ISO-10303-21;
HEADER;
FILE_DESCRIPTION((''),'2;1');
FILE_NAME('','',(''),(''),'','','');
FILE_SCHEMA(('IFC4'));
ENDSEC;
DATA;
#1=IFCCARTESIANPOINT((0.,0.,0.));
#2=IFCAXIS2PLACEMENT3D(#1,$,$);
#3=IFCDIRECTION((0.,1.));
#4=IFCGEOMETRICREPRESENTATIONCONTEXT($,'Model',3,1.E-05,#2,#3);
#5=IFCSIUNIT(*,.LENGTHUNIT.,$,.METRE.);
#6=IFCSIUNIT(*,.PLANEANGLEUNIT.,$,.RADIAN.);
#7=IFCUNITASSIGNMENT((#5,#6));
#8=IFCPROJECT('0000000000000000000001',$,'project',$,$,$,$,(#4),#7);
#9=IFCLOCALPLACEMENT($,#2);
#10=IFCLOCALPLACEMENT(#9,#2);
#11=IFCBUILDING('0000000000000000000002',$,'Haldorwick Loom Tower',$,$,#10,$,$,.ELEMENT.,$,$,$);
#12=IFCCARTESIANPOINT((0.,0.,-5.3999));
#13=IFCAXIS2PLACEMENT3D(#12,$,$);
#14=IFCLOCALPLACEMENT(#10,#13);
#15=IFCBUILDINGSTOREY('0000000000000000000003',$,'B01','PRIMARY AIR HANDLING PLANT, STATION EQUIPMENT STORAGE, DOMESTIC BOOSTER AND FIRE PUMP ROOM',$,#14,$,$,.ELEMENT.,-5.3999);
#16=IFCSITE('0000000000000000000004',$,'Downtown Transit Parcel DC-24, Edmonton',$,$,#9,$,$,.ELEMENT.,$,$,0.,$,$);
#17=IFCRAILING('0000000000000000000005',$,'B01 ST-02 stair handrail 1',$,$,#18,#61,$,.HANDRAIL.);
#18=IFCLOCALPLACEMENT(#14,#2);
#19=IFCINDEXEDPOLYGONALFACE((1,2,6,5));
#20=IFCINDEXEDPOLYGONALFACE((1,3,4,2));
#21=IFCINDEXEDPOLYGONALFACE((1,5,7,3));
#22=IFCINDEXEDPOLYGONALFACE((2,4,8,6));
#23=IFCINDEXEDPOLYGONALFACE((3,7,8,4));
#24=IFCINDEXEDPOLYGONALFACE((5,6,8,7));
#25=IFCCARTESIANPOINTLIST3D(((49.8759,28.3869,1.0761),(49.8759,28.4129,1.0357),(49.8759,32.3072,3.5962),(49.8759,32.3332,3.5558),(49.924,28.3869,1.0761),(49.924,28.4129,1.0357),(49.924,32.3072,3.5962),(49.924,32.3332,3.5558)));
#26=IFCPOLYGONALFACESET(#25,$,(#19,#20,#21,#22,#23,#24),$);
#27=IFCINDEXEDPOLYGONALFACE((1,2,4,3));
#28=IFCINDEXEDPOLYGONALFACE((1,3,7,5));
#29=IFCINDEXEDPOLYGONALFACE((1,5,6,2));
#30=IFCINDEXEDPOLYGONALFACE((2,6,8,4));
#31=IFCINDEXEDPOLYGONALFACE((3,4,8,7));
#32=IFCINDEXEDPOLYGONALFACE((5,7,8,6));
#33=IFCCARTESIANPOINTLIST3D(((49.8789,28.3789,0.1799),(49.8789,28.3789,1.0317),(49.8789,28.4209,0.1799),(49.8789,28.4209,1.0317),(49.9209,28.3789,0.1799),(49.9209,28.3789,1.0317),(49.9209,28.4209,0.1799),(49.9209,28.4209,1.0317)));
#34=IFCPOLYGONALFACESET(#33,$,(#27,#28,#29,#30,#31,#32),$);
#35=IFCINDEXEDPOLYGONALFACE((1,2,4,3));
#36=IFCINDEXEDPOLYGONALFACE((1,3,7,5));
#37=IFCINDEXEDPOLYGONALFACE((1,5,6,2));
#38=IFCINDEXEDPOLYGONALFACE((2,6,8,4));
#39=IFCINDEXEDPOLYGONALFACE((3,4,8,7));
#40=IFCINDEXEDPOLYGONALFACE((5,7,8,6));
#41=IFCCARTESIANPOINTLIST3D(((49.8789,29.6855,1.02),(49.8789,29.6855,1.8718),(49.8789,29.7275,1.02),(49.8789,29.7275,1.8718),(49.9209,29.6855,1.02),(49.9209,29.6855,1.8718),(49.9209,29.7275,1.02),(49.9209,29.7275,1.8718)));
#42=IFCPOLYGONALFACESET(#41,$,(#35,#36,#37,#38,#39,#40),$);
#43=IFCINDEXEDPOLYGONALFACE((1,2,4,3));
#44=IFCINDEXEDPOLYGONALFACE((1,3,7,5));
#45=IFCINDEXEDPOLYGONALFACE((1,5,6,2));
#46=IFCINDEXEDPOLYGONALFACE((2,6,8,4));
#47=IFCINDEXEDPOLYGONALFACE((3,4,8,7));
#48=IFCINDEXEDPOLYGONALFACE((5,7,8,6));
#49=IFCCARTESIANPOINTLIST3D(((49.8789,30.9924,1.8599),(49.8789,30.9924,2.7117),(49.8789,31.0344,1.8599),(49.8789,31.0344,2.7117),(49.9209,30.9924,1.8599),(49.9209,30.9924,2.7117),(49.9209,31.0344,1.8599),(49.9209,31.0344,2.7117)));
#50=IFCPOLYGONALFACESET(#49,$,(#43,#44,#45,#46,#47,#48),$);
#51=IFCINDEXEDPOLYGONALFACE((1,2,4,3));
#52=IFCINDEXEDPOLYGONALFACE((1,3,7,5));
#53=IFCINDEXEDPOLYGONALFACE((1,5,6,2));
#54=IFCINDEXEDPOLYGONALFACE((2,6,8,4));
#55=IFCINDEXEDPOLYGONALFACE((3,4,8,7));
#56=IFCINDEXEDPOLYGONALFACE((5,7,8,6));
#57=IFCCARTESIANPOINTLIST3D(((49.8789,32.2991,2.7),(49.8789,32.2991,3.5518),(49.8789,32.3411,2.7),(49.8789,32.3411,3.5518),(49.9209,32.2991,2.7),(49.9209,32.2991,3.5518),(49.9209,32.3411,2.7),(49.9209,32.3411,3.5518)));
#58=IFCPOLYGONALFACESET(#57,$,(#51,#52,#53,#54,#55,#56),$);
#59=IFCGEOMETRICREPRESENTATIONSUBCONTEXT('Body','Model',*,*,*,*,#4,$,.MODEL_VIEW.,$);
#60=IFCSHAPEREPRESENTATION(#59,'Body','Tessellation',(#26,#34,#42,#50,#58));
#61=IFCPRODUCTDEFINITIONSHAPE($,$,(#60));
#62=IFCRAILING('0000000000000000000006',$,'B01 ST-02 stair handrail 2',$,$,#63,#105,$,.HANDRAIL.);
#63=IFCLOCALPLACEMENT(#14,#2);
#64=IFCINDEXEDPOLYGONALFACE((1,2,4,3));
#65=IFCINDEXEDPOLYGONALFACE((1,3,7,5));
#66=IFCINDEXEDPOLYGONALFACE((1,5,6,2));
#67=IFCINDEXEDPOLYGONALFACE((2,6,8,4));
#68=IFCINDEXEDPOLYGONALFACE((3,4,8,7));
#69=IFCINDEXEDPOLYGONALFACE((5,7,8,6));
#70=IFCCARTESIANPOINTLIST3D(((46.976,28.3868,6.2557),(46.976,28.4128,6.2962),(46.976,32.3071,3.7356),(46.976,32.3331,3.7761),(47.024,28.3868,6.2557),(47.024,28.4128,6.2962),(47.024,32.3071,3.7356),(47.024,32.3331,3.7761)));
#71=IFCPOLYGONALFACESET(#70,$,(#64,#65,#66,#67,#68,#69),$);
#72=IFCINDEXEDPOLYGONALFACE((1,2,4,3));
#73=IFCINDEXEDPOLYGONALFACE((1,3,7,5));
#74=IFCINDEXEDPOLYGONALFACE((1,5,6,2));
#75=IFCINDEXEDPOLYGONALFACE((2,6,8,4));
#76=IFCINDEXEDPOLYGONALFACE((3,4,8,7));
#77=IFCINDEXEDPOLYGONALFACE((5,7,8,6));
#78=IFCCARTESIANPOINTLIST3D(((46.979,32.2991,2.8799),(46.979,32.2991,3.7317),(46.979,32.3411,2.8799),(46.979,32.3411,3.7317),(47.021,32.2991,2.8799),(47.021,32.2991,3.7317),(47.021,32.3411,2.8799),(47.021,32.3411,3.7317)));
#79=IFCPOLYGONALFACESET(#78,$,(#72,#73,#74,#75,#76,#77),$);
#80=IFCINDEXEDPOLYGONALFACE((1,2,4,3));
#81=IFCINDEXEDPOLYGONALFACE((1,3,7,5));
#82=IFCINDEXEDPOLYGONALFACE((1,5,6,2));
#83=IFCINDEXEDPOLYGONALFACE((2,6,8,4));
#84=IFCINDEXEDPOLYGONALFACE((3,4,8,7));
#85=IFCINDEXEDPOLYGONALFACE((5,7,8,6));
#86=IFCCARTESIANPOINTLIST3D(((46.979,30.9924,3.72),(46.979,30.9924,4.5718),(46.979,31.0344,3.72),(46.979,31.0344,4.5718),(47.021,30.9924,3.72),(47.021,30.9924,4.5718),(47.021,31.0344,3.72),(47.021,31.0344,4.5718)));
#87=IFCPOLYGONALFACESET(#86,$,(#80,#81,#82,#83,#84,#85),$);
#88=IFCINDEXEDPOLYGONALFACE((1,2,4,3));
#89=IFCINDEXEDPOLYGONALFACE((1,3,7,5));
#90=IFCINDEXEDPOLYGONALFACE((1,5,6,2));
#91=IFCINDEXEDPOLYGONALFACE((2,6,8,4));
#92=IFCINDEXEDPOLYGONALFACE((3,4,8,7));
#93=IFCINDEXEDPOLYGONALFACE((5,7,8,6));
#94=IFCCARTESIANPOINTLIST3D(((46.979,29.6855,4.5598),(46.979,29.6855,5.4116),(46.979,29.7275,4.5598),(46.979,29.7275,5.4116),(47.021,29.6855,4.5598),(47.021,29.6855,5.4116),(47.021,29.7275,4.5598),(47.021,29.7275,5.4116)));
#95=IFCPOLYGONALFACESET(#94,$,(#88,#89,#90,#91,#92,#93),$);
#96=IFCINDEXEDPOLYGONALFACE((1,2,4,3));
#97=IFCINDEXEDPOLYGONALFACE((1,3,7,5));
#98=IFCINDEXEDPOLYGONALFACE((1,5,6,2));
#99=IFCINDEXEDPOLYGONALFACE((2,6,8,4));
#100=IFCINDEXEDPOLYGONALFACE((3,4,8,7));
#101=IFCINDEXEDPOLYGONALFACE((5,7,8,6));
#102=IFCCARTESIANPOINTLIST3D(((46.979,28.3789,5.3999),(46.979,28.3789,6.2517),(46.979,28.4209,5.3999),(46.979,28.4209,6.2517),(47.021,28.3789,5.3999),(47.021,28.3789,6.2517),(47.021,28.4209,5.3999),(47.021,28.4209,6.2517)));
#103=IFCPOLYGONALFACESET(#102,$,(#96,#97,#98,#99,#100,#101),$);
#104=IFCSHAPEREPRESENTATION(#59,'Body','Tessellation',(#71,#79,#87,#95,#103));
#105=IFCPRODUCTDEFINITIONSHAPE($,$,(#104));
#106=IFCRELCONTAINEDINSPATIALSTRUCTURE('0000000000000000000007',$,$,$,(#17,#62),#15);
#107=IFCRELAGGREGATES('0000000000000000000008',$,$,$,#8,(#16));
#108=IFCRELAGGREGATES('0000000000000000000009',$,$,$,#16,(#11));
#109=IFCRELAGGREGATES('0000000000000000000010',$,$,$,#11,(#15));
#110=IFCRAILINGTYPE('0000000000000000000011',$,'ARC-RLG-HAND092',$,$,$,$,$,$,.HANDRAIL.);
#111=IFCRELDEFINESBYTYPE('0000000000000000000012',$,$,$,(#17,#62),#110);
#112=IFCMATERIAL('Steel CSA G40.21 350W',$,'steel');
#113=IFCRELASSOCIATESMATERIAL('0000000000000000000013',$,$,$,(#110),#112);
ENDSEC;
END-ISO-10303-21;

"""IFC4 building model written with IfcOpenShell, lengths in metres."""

from ifc_helpers import new_model, si_unit, direction, frame, origin, origin_2d, place, context, subcontext, project, spatial, rectangle, extrude, material, type_object, element, save


model = new_model("IFC4")

# Units and contexts
model_context = context("Model", 3, precision=1e-05, world=origin(), true_north=direction((0.0, 1.0)))
body_context = subcontext(model_context, "Body", "Model", "MODEL_VIEW")
ifc_project = project(units=[si_unit("LENGTHUNIT", "METRE"), si_unit("PLANEANGLEUNIT", "RADIAN")], contexts=[model_context])

# Site, building, storey
site_placement = place(None, origin())
site = spatial("IfcSite", under=ifc_project, at=site_placement, Name="Downtown Transit Parcel DC-24, Edmonton", CompositionType="ELEMENT", RefElevation=0.0)
building_placement = place(site_placement, origin())
building = spatial("IfcBuilding", under=site, at=building_placement, Name="Haldorwick Loom Tower", CompositionType="ELEMENT")
storey_placement = place(building_placement, frame((0.0, 0.0, -5.3999)))
storey = spatial("IfcBuildingStorey", under=building, at=storey_placement, Name="B01", Description="PRIMARY AIR HANDLING PLANT, STATION EQUIPMENT STORAGE, DOMESTIC BOOSTER AND FIRE PUMP ROOM", CompositionType="ELEMENT", Elevation=-5.3999)

# Railings
ifc_material_1 = material(Name="Steel CSA G40.21 350W", Category="steel")
railing_type_1 = type_object("IfcRailingType", Name="ARC-RLG-HAND092", PredefinedType="HANDRAIL", material=ifc_material_1)
railing_1_placement = place(storey_placement, frame((49.8999, 28.3999, 0.1799)))
element("IfcRailing", 1, at=railing_1_placement, inside=storey, type_object=railing_type_1, Name="B01 ST-02 stair handrail 1", PredefinedType="HANDRAIL", context=body_context, shape_type="SweptSolid", body=[
    extrude(rectangle(XDim=0.0481, YDim=0.0481, at=origin_2d()), frame((0.0, 0.0, 0.876), z_axis=(0.0, 0.841187, 0.540744), x_axis=(-1.0, 0.0, 0.0)), (0.0, 0.0, 1.0), 4.6604),
    extrude(rectangle(XDim=0.042, YDim=0.042, at=origin_2d()), origin(), (0.0, 0.0, 1.0), 0.8518),
    extrude(rectangle(XDim=0.042, YDim=0.042, at=origin_2d()), frame((0.0, 1.3066, 0.8401)), (0.0, 0.0, 1.0), 0.8518),
    extrude(rectangle(XDim=0.042, YDim=0.042, at=origin_2d()), frame((0.0, 2.6135, 1.6799)), (0.0, 0.0, 1.0), 0.8518),
    extrude(rectangle(XDim=0.042, YDim=0.042, at=origin_2d()), frame((0.0, 3.9202, 2.52)), (0.0, 0.0, 1.0), 0.8518),
])
railing_2_placement = place(storey_placement, frame((47.0, 32.3201, 2.8799)))
element("IfcRailing", 2, at=railing_2_placement, inside=storey, type_object=railing_type_1, Name="B01 ST-02 stair handrail 2", PredefinedType="HANDRAIL", context=body_context, shape_type="SweptSolid", body=[
    extrude(rectangle(XDim=0.0481, YDim=0.0481, at=origin_2d()), frame((0.0, 0.0, 0.876), z_axis=(0.0, -0.841187, 0.540744), x_axis=(1.0, 0.0, 0.0)), (0.0, 0.0, 1.0), 4.6604),
    extrude(rectangle(XDim=0.042, YDim=0.042, at=origin_2d()), origin(), (0.0, 0.0, 1.0), 0.8518),
    extrude(rectangle(XDim=0.042, YDim=0.042, at=origin_2d()), frame((0.0, -1.3066, 0.8401)), (0.0, 0.0, 1.0), 0.8518),
    extrude(rectangle(XDim=0.042, YDim=0.042, at=origin_2d()), frame((0.0, -2.6135, 1.6799)), (0.0, 0.0, 1.0), 0.8518),
    extrude(rectangle(XDim=0.042, YDim=0.042, at=origin_2d()), frame((0.0, -3.9202, 2.52)), (0.0, 0.0, 1.0), 0.8518),
])

save(model, "model.ifc")
